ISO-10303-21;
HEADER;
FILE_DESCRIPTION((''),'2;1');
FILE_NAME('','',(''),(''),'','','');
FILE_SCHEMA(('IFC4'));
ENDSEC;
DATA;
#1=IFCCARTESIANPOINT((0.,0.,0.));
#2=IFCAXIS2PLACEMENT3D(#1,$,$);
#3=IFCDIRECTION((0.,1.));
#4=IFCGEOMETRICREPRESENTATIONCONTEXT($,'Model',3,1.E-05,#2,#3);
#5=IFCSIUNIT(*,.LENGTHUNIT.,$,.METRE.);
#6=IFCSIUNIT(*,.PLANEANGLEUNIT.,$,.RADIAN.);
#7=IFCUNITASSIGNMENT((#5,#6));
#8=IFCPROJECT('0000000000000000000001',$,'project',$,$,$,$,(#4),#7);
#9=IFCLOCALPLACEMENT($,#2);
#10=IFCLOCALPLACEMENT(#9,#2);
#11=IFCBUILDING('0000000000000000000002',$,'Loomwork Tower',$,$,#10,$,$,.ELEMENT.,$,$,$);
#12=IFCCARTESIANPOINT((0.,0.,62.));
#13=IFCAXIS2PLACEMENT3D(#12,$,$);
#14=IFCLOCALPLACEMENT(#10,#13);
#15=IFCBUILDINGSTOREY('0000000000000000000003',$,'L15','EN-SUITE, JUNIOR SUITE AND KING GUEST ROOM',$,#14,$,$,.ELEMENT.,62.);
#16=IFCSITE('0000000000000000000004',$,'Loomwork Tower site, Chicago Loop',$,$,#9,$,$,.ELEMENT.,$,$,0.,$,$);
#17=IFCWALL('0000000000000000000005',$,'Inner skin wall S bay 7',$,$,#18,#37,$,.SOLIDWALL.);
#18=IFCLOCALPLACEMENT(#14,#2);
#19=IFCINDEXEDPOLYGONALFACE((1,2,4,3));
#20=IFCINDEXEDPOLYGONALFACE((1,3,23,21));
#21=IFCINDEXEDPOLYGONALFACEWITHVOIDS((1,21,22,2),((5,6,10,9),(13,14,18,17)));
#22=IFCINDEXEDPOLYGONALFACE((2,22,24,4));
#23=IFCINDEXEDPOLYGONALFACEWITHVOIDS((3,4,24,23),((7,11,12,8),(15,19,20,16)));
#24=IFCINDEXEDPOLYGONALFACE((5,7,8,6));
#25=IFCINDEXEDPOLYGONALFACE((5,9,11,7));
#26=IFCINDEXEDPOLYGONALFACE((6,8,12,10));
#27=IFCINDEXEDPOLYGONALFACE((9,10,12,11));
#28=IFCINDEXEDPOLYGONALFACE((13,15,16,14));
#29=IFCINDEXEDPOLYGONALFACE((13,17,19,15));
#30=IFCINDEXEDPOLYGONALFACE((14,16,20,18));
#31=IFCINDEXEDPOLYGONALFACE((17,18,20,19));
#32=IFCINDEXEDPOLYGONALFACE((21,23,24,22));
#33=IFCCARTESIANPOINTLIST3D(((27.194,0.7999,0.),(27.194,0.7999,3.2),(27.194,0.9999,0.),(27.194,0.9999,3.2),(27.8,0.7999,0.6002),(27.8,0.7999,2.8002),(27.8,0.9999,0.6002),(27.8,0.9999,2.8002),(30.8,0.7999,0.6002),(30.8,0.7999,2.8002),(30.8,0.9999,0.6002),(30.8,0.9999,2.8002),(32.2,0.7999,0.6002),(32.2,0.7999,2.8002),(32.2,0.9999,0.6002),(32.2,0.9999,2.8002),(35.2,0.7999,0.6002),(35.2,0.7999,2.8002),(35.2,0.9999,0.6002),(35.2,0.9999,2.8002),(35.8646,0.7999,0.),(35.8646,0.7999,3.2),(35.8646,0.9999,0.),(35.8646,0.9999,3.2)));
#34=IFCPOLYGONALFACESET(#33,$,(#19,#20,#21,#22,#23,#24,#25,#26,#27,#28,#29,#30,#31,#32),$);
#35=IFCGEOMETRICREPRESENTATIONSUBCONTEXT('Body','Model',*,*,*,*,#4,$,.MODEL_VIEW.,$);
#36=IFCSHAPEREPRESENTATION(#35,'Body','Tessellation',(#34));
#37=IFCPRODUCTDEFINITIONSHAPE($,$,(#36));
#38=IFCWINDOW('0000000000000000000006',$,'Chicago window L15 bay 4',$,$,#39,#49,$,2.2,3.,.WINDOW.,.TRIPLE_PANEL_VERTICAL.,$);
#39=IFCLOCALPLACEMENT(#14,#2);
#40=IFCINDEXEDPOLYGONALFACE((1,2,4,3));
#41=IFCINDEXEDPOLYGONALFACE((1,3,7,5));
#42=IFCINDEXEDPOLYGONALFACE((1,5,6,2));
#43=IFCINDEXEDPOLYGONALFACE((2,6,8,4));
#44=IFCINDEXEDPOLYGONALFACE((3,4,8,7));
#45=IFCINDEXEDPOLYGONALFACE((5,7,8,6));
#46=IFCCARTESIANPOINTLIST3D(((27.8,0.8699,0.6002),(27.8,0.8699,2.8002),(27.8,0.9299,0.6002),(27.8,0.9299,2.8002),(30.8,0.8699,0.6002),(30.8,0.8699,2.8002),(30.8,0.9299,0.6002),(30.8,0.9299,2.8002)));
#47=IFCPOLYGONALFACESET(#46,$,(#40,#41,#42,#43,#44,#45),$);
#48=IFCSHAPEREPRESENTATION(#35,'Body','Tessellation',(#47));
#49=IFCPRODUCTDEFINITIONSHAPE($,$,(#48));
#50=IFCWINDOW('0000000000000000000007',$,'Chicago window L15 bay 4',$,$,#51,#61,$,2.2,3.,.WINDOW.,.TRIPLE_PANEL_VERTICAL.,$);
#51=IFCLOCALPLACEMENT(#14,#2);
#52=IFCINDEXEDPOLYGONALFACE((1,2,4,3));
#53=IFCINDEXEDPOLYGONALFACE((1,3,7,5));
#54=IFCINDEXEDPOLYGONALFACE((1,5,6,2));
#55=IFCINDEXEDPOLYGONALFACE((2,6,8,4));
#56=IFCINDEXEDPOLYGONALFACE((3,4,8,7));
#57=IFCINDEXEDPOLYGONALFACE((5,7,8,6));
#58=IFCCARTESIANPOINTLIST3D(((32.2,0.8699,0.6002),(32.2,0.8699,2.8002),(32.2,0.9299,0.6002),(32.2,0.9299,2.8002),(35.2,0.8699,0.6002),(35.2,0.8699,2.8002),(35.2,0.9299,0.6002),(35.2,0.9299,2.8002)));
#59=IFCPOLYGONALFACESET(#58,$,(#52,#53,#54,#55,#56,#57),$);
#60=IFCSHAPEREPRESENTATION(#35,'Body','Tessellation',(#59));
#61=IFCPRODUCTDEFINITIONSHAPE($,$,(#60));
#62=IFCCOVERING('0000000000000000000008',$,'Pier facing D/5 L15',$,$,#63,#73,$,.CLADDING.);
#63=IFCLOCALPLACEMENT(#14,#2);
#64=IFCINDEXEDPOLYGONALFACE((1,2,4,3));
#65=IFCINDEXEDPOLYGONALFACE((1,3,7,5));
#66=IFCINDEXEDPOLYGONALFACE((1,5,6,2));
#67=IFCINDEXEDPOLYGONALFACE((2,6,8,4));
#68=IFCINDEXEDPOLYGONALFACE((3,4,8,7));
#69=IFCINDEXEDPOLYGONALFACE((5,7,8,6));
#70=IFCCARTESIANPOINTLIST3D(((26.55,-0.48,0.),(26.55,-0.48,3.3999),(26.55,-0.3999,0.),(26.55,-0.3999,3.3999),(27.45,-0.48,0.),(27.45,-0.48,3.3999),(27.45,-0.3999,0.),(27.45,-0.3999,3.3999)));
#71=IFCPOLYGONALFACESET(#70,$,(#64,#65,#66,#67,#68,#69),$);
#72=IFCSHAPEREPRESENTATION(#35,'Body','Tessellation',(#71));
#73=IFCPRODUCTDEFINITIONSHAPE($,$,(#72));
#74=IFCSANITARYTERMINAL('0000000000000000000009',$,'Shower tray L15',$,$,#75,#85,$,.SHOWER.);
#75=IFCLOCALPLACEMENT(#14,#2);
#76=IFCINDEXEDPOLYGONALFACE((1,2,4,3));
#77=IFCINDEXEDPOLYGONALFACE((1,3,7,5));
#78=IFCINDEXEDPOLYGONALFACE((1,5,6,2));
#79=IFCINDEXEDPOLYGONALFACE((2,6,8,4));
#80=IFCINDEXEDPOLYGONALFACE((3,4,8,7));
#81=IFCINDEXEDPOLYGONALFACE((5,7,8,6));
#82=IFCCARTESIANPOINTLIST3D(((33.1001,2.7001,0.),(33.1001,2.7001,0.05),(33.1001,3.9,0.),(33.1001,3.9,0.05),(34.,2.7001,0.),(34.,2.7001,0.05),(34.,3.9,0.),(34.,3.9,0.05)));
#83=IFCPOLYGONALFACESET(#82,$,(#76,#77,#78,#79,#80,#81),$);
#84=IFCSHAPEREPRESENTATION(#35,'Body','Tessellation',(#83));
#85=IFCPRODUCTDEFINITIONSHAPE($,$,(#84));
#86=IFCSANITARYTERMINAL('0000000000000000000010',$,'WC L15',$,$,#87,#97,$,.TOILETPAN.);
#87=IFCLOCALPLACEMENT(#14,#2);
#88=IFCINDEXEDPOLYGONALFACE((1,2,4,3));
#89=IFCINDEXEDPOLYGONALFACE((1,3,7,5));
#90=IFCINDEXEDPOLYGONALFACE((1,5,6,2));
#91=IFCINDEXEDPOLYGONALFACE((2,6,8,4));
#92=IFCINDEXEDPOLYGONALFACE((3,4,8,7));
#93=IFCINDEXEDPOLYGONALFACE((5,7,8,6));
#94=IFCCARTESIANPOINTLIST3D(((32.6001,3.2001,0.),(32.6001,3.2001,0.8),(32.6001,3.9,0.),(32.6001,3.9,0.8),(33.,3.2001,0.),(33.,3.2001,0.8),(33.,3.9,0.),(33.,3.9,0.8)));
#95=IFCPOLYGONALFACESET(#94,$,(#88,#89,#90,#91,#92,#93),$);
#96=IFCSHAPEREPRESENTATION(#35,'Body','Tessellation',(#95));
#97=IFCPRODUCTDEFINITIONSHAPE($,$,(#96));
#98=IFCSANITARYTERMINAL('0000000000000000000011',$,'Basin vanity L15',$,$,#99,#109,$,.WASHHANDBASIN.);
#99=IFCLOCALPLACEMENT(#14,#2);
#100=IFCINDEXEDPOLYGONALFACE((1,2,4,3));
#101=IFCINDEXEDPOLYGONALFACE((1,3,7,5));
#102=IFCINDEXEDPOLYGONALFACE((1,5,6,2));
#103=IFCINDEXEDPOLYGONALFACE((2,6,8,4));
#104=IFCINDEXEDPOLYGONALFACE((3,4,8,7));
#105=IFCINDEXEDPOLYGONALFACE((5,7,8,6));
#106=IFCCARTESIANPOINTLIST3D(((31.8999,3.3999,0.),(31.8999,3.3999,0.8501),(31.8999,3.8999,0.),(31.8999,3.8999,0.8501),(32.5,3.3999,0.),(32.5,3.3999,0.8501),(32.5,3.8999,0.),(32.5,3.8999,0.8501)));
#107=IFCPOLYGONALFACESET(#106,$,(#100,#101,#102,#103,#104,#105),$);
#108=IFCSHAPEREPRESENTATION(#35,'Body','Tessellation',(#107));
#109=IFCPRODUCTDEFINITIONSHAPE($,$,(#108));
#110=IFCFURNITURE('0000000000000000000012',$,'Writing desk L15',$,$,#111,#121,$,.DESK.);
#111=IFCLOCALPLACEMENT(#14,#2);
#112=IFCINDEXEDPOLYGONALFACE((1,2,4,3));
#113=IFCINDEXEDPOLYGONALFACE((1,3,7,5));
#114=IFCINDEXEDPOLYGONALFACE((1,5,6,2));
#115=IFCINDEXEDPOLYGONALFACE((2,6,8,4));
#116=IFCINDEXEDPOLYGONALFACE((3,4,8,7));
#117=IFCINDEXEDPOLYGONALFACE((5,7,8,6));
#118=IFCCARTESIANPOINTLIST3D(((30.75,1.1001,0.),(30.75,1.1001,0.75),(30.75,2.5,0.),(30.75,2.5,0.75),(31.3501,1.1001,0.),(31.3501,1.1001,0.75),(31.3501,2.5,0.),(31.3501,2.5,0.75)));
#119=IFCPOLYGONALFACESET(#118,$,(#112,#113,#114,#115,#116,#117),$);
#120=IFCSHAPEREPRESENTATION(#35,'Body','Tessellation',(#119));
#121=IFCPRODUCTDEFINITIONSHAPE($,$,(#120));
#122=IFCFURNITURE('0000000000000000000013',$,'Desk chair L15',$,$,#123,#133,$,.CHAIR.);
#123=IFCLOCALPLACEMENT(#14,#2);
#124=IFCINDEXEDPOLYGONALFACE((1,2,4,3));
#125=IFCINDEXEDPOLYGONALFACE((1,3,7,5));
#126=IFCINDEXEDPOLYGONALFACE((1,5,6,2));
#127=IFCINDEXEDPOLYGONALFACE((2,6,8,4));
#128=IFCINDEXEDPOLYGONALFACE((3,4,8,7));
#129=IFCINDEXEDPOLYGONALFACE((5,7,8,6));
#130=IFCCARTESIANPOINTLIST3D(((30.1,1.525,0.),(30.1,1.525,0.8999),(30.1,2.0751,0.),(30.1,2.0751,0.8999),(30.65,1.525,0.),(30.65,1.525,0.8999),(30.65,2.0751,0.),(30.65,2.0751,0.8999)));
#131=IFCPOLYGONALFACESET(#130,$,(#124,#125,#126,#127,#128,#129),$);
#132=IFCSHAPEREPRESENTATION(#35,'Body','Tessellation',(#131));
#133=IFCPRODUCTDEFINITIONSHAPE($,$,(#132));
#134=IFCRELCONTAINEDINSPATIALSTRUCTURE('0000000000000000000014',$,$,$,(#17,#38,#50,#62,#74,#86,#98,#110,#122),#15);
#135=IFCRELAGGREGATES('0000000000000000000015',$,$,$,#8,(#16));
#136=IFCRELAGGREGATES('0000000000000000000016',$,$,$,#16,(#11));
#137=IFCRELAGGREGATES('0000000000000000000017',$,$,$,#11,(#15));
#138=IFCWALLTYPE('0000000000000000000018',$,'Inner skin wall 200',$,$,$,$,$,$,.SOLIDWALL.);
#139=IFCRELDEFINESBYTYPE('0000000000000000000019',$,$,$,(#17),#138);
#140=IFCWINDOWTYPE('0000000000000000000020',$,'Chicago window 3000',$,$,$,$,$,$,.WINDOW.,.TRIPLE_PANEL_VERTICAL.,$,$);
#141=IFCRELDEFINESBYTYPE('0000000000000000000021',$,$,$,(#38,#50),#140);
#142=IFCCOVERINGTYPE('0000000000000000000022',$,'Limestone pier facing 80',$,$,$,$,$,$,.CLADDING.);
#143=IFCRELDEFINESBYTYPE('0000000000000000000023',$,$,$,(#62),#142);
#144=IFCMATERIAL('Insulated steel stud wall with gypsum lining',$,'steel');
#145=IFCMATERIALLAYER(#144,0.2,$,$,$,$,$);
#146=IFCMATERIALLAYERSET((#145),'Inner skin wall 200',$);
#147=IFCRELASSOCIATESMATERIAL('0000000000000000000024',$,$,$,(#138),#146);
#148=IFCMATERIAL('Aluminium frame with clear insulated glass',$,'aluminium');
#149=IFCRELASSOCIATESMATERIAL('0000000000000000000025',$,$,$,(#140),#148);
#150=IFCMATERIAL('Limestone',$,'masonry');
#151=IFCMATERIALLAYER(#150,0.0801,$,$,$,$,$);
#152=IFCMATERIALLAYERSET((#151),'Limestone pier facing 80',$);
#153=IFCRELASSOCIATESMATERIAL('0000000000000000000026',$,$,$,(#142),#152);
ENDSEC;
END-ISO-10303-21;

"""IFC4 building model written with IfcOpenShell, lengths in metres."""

from ifc_helpers import new_model, si_unit, direction, frame, frame_2d, origin, origin_2d, place, context, subcontext, project, spatial, rectangle, extrude, material, layer, layer_set, type_object, element, fill, save


model = new_model("IFC4")

# Units and contexts
model_context = context("Model", 3, precision=1e-05, world=origin(), true_north=direction((0.0, 1.0)))
body_context = subcontext(model_context, "Body", "Model", "MODEL_VIEW")
ifc_project = project(units=[si_unit("LENGTHUNIT", "METRE"), si_unit("PLANEANGLEUNIT", "RADIAN")], contexts=[model_context])

# Site, building, storey
site_placement = place(None, origin())
site = spatial("IfcSite", under=ifc_project, at=site_placement, Name="Loomwork Tower site, Chicago Loop", CompositionType="ELEMENT", RefElevation=0.0)
building_placement = place(site_placement, origin())
building = spatial("IfcBuilding", under=site, at=building_placement, Name="Loomwork Tower", CompositionType="ELEMENT")
storey_placement = place(building_placement, frame((0.0, 0.0, 62.0)))
storey = spatial("IfcBuildingStorey", under=building, at=storey_placement, Name="L15", Description="EN-SUITE, JUNIOR SUITE AND KING GUEST ROOM", CompositionType="ELEMENT", Elevation=62.0)

# Shared definitions
ifc_material_1 = material(Name="Insulated steel stud wall with gypsum lining", Category="steel")
ifc_layer_1 = layer(ifc_material_1, 0.2)
ifc_layer_set_1 = layer_set([ifc_layer_1], Name="Inner skin wall 200")
wall_type = type_object("IfcWallType", Name="Inner skin wall 200", PredefinedType="SOLIDWALL", material=ifc_layer_set_1)

# Wall, openings, windows
wall_1_placement = place(storey_placement, frame((27.1938, 0.8999, 0.0), z_axis=(0.0, 0.0, 1.0), x_axis=(1.0, 0.0, 0.0)))
wall_1 = element("IfcWall", 1, at=wall_1_placement, inside=storey, type_object=wall_type, Name="Inner skin wall S bay 7", PredefinedType="SOLIDWALL", context=body_context, shape_type="SweptSolid", body=[
    extrude(rectangle(XDim=8.6707, YDim=0.2, at=frame_2d((4.3354, 0.0))), origin(), (0.0, 0.0, 1.0), 3.2),
])
opening_1_placement = place(wall_1_placement, frame((0.6062, 0.0, 0.6001)))
opening_1 = element("IfcOpeningElement", 2, at=opening_1_placement, cuts=wall_1, PredefinedType="OPENING", context=body_context, shape_type="SweptSolid", body=[
    extrude(rectangle(XDim=3.0, YDim=2.2, at=frame_2d((1.5, 1.1001))), frame((0.0, 0.1099, 0.0), z_axis=(0.0, -1.0, 0.0), x_axis=(1.0, 0.0, 0.0)), (0.0, 0.0, 1.0), 0.22),
])
opening_2_placement = place(wall_1_placement, frame((5.0061, 0.0, 0.6001)))
opening_2 = element("IfcOpeningElement", 3, at=opening_2_placement, cuts=wall_1, PredefinedType="OPENING", context=body_context, shape_type="SweptSolid", body=[
    extrude(rectangle(XDim=3.0, YDim=2.2, at=frame_2d((1.5, 1.1001))), frame((0.0, 0.1099, 0.0), z_axis=(0.0, -1.0, 0.0), x_axis=(1.0, 0.0, 0.0)), (0.0, 0.0, 1.0), 0.22),
])
ifc_material_2 = material(Name="Aluminium frame with clear insulated glass", Category="aluminium")
window_type = type_object("IfcWindowType", Name="Chicago window 3000", PartitioningType="TRIPLE_PANEL_VERTICAL", PredefinedType="WINDOW", material=ifc_material_2)
window_1_placement = place(opening_1_placement, origin())
window_1 = element("IfcWindow", 4, at=window_1_placement, inside=storey, type_object=window_type, Name="Chicago window L15 bay 4", OverallHeight=2.2, OverallWidth=3.0, PartitioningType="TRIPLE_PANEL_VERTICAL", PredefinedType="WINDOW", context=body_context, shape_type="SweptSolid", body=[
    extrude(rectangle(XDim=3.0, YDim=2.2, at=frame_2d((1.5, 1.1001))), frame((0.0, 0.03, 0.0), z_axis=(0.0, -1.0, 0.0), x_axis=(1.0, 0.0, 0.0)), (0.0, 0.0, 1.0), 0.0601),
])
fill(opening_1, window_1)
window_2_placement = place(opening_2_placement, origin())
window_2 = element("IfcWindow", 5, at=window_2_placement, inside=storey, type_object=window_type, Name="Chicago window L15 bay 4", OverallHeight=2.2, OverallWidth=3.0, PartitioningType="TRIPLE_PANEL_VERTICAL", PredefinedType="WINDOW", context=body_context, shape_type="SweptSolid", body=[
    extrude(rectangle(XDim=3.0, YDim=2.2, at=frame_2d((1.5, 1.1001))), frame((0.0, 0.03, 0.0), z_axis=(0.0, -1.0, 0.0), x_axis=(1.0, 0.0, 0.0)), (0.0, 0.0, 1.0), 0.0601),
])
fill(opening_2, window_2)

# Covering
ifc_material_3 = material(Name="Limestone", Category="masonry")
ifc_layer_2 = layer(ifc_material_3, 0.0801)
ifc_layer_set_2 = layer_set([ifc_layer_2], Name="Limestone pier facing 80")
covering_type = type_object("IfcCoveringType", Name="Limestone pier facing 80", PredefinedType="CLADDING", material=ifc_layer_set_2)
covering_placement = place(storey_placement, frame((27.0, -0.4399, 0.0), z_axis=(0.0, 0.0, 1.0), x_axis=(1.0, 0.0, 0.0)))
element("IfcCovering", 6, at=covering_placement, inside=storey, type_object=covering_type, Name="Pier facing D/5 L15", PredefinedType="CLADDING", context=body_context, shape_type="SweptSolid", body=[
    extrude(rectangle(XDim=0.8999, YDim=0.0801, at=origin_2d()), origin(), (0.0, 0.0, 1.0), 3.3999),
])

# Sanitary terminals
sanitary_terminal_1_placement = place(storey_placement, frame((33.55, 3.3, 0.0), z_axis=(0.0, 0.0, 1.0), x_axis=(1.0, 0.0, 0.0)))
element("IfcSanitaryTerminal", 7, at=sanitary_terminal_1_placement, inside=storey, Name="Shower tray L15", PredefinedType="SHOWER", context=body_context, shape_type="SweptSolid", body=[
    extrude(rectangle(XDim=0.8999, YDim=1.2, at=origin_2d()), origin(), (0.0, 0.0, 1.0), 0.05),
])
sanitary_terminal_2_placement = place(storey_placement, frame((32.8, 3.55, 0.0), z_axis=(0.0, 0.0, 1.0), x_axis=(1.0, 0.0, 0.0)))
element("IfcSanitaryTerminal", 8, at=sanitary_terminal_2_placement, inside=storey, Name="WC L15", PredefinedType="TOILETPAN", context=body_context, shape_type="SweptSolid", body=[
    extrude(rectangle(XDim=0.3999, YDim=0.7, at=origin_2d()), origin(), (0.0, 0.0, 1.0), 0.8),
])
sanitary_terminal_3_placement = place(storey_placement, frame((32.2, 3.6499, 0.0), z_axis=(0.0, 0.0, 1.0), x_axis=(1.0, 0.0, 0.0)))
element("IfcSanitaryTerminal", 9, at=sanitary_terminal_3_placement, inside=storey, Name="Basin vanity L15", PredefinedType="WASHHANDBASIN", context=body_context, shape_type="SweptSolid", body=[
    extrude(rectangle(XDim=0.6001, YDim=0.5, at=origin_2d()), origin(), (0.0, 0.0, 1.0), 0.8501),
])

# Furniture
furniture_1_placement = place(storey_placement, frame((31.05, 1.8, 0.0), z_axis=(0.0, 0.0, 1.0), x_axis=(1.0, 0.0, 0.0)))
element("IfcFurniture", 10, at=furniture_1_placement, inside=storey, Name="Writing desk L15", PredefinedType="DESK", context=body_context, shape_type="SweptSolid", body=[
    extrude(rectangle(XDim=0.6001, YDim=1.3999, at=origin_2d()), origin(), (0.0, 0.0, 1.0), 0.75),
])
furniture_2_placement = place(storey_placement, frame((30.375, 1.8, 0.0), z_axis=(0.0, 0.0, 1.0), x_axis=(1.0, 0.0, 0.0)))
element("IfcFurniture", 11, at=furniture_2_placement, inside=storey, Name="Desk chair L15", PredefinedType="CHAIR", context=body_context, shape_type="SweptSolid", body=[
    extrude(rectangle(XDim=0.55, YDim=0.55, at=origin_2d()), origin(), (0.0, 0.0, 1.0), 0.8999),
])

save(model, "model.ifc")
